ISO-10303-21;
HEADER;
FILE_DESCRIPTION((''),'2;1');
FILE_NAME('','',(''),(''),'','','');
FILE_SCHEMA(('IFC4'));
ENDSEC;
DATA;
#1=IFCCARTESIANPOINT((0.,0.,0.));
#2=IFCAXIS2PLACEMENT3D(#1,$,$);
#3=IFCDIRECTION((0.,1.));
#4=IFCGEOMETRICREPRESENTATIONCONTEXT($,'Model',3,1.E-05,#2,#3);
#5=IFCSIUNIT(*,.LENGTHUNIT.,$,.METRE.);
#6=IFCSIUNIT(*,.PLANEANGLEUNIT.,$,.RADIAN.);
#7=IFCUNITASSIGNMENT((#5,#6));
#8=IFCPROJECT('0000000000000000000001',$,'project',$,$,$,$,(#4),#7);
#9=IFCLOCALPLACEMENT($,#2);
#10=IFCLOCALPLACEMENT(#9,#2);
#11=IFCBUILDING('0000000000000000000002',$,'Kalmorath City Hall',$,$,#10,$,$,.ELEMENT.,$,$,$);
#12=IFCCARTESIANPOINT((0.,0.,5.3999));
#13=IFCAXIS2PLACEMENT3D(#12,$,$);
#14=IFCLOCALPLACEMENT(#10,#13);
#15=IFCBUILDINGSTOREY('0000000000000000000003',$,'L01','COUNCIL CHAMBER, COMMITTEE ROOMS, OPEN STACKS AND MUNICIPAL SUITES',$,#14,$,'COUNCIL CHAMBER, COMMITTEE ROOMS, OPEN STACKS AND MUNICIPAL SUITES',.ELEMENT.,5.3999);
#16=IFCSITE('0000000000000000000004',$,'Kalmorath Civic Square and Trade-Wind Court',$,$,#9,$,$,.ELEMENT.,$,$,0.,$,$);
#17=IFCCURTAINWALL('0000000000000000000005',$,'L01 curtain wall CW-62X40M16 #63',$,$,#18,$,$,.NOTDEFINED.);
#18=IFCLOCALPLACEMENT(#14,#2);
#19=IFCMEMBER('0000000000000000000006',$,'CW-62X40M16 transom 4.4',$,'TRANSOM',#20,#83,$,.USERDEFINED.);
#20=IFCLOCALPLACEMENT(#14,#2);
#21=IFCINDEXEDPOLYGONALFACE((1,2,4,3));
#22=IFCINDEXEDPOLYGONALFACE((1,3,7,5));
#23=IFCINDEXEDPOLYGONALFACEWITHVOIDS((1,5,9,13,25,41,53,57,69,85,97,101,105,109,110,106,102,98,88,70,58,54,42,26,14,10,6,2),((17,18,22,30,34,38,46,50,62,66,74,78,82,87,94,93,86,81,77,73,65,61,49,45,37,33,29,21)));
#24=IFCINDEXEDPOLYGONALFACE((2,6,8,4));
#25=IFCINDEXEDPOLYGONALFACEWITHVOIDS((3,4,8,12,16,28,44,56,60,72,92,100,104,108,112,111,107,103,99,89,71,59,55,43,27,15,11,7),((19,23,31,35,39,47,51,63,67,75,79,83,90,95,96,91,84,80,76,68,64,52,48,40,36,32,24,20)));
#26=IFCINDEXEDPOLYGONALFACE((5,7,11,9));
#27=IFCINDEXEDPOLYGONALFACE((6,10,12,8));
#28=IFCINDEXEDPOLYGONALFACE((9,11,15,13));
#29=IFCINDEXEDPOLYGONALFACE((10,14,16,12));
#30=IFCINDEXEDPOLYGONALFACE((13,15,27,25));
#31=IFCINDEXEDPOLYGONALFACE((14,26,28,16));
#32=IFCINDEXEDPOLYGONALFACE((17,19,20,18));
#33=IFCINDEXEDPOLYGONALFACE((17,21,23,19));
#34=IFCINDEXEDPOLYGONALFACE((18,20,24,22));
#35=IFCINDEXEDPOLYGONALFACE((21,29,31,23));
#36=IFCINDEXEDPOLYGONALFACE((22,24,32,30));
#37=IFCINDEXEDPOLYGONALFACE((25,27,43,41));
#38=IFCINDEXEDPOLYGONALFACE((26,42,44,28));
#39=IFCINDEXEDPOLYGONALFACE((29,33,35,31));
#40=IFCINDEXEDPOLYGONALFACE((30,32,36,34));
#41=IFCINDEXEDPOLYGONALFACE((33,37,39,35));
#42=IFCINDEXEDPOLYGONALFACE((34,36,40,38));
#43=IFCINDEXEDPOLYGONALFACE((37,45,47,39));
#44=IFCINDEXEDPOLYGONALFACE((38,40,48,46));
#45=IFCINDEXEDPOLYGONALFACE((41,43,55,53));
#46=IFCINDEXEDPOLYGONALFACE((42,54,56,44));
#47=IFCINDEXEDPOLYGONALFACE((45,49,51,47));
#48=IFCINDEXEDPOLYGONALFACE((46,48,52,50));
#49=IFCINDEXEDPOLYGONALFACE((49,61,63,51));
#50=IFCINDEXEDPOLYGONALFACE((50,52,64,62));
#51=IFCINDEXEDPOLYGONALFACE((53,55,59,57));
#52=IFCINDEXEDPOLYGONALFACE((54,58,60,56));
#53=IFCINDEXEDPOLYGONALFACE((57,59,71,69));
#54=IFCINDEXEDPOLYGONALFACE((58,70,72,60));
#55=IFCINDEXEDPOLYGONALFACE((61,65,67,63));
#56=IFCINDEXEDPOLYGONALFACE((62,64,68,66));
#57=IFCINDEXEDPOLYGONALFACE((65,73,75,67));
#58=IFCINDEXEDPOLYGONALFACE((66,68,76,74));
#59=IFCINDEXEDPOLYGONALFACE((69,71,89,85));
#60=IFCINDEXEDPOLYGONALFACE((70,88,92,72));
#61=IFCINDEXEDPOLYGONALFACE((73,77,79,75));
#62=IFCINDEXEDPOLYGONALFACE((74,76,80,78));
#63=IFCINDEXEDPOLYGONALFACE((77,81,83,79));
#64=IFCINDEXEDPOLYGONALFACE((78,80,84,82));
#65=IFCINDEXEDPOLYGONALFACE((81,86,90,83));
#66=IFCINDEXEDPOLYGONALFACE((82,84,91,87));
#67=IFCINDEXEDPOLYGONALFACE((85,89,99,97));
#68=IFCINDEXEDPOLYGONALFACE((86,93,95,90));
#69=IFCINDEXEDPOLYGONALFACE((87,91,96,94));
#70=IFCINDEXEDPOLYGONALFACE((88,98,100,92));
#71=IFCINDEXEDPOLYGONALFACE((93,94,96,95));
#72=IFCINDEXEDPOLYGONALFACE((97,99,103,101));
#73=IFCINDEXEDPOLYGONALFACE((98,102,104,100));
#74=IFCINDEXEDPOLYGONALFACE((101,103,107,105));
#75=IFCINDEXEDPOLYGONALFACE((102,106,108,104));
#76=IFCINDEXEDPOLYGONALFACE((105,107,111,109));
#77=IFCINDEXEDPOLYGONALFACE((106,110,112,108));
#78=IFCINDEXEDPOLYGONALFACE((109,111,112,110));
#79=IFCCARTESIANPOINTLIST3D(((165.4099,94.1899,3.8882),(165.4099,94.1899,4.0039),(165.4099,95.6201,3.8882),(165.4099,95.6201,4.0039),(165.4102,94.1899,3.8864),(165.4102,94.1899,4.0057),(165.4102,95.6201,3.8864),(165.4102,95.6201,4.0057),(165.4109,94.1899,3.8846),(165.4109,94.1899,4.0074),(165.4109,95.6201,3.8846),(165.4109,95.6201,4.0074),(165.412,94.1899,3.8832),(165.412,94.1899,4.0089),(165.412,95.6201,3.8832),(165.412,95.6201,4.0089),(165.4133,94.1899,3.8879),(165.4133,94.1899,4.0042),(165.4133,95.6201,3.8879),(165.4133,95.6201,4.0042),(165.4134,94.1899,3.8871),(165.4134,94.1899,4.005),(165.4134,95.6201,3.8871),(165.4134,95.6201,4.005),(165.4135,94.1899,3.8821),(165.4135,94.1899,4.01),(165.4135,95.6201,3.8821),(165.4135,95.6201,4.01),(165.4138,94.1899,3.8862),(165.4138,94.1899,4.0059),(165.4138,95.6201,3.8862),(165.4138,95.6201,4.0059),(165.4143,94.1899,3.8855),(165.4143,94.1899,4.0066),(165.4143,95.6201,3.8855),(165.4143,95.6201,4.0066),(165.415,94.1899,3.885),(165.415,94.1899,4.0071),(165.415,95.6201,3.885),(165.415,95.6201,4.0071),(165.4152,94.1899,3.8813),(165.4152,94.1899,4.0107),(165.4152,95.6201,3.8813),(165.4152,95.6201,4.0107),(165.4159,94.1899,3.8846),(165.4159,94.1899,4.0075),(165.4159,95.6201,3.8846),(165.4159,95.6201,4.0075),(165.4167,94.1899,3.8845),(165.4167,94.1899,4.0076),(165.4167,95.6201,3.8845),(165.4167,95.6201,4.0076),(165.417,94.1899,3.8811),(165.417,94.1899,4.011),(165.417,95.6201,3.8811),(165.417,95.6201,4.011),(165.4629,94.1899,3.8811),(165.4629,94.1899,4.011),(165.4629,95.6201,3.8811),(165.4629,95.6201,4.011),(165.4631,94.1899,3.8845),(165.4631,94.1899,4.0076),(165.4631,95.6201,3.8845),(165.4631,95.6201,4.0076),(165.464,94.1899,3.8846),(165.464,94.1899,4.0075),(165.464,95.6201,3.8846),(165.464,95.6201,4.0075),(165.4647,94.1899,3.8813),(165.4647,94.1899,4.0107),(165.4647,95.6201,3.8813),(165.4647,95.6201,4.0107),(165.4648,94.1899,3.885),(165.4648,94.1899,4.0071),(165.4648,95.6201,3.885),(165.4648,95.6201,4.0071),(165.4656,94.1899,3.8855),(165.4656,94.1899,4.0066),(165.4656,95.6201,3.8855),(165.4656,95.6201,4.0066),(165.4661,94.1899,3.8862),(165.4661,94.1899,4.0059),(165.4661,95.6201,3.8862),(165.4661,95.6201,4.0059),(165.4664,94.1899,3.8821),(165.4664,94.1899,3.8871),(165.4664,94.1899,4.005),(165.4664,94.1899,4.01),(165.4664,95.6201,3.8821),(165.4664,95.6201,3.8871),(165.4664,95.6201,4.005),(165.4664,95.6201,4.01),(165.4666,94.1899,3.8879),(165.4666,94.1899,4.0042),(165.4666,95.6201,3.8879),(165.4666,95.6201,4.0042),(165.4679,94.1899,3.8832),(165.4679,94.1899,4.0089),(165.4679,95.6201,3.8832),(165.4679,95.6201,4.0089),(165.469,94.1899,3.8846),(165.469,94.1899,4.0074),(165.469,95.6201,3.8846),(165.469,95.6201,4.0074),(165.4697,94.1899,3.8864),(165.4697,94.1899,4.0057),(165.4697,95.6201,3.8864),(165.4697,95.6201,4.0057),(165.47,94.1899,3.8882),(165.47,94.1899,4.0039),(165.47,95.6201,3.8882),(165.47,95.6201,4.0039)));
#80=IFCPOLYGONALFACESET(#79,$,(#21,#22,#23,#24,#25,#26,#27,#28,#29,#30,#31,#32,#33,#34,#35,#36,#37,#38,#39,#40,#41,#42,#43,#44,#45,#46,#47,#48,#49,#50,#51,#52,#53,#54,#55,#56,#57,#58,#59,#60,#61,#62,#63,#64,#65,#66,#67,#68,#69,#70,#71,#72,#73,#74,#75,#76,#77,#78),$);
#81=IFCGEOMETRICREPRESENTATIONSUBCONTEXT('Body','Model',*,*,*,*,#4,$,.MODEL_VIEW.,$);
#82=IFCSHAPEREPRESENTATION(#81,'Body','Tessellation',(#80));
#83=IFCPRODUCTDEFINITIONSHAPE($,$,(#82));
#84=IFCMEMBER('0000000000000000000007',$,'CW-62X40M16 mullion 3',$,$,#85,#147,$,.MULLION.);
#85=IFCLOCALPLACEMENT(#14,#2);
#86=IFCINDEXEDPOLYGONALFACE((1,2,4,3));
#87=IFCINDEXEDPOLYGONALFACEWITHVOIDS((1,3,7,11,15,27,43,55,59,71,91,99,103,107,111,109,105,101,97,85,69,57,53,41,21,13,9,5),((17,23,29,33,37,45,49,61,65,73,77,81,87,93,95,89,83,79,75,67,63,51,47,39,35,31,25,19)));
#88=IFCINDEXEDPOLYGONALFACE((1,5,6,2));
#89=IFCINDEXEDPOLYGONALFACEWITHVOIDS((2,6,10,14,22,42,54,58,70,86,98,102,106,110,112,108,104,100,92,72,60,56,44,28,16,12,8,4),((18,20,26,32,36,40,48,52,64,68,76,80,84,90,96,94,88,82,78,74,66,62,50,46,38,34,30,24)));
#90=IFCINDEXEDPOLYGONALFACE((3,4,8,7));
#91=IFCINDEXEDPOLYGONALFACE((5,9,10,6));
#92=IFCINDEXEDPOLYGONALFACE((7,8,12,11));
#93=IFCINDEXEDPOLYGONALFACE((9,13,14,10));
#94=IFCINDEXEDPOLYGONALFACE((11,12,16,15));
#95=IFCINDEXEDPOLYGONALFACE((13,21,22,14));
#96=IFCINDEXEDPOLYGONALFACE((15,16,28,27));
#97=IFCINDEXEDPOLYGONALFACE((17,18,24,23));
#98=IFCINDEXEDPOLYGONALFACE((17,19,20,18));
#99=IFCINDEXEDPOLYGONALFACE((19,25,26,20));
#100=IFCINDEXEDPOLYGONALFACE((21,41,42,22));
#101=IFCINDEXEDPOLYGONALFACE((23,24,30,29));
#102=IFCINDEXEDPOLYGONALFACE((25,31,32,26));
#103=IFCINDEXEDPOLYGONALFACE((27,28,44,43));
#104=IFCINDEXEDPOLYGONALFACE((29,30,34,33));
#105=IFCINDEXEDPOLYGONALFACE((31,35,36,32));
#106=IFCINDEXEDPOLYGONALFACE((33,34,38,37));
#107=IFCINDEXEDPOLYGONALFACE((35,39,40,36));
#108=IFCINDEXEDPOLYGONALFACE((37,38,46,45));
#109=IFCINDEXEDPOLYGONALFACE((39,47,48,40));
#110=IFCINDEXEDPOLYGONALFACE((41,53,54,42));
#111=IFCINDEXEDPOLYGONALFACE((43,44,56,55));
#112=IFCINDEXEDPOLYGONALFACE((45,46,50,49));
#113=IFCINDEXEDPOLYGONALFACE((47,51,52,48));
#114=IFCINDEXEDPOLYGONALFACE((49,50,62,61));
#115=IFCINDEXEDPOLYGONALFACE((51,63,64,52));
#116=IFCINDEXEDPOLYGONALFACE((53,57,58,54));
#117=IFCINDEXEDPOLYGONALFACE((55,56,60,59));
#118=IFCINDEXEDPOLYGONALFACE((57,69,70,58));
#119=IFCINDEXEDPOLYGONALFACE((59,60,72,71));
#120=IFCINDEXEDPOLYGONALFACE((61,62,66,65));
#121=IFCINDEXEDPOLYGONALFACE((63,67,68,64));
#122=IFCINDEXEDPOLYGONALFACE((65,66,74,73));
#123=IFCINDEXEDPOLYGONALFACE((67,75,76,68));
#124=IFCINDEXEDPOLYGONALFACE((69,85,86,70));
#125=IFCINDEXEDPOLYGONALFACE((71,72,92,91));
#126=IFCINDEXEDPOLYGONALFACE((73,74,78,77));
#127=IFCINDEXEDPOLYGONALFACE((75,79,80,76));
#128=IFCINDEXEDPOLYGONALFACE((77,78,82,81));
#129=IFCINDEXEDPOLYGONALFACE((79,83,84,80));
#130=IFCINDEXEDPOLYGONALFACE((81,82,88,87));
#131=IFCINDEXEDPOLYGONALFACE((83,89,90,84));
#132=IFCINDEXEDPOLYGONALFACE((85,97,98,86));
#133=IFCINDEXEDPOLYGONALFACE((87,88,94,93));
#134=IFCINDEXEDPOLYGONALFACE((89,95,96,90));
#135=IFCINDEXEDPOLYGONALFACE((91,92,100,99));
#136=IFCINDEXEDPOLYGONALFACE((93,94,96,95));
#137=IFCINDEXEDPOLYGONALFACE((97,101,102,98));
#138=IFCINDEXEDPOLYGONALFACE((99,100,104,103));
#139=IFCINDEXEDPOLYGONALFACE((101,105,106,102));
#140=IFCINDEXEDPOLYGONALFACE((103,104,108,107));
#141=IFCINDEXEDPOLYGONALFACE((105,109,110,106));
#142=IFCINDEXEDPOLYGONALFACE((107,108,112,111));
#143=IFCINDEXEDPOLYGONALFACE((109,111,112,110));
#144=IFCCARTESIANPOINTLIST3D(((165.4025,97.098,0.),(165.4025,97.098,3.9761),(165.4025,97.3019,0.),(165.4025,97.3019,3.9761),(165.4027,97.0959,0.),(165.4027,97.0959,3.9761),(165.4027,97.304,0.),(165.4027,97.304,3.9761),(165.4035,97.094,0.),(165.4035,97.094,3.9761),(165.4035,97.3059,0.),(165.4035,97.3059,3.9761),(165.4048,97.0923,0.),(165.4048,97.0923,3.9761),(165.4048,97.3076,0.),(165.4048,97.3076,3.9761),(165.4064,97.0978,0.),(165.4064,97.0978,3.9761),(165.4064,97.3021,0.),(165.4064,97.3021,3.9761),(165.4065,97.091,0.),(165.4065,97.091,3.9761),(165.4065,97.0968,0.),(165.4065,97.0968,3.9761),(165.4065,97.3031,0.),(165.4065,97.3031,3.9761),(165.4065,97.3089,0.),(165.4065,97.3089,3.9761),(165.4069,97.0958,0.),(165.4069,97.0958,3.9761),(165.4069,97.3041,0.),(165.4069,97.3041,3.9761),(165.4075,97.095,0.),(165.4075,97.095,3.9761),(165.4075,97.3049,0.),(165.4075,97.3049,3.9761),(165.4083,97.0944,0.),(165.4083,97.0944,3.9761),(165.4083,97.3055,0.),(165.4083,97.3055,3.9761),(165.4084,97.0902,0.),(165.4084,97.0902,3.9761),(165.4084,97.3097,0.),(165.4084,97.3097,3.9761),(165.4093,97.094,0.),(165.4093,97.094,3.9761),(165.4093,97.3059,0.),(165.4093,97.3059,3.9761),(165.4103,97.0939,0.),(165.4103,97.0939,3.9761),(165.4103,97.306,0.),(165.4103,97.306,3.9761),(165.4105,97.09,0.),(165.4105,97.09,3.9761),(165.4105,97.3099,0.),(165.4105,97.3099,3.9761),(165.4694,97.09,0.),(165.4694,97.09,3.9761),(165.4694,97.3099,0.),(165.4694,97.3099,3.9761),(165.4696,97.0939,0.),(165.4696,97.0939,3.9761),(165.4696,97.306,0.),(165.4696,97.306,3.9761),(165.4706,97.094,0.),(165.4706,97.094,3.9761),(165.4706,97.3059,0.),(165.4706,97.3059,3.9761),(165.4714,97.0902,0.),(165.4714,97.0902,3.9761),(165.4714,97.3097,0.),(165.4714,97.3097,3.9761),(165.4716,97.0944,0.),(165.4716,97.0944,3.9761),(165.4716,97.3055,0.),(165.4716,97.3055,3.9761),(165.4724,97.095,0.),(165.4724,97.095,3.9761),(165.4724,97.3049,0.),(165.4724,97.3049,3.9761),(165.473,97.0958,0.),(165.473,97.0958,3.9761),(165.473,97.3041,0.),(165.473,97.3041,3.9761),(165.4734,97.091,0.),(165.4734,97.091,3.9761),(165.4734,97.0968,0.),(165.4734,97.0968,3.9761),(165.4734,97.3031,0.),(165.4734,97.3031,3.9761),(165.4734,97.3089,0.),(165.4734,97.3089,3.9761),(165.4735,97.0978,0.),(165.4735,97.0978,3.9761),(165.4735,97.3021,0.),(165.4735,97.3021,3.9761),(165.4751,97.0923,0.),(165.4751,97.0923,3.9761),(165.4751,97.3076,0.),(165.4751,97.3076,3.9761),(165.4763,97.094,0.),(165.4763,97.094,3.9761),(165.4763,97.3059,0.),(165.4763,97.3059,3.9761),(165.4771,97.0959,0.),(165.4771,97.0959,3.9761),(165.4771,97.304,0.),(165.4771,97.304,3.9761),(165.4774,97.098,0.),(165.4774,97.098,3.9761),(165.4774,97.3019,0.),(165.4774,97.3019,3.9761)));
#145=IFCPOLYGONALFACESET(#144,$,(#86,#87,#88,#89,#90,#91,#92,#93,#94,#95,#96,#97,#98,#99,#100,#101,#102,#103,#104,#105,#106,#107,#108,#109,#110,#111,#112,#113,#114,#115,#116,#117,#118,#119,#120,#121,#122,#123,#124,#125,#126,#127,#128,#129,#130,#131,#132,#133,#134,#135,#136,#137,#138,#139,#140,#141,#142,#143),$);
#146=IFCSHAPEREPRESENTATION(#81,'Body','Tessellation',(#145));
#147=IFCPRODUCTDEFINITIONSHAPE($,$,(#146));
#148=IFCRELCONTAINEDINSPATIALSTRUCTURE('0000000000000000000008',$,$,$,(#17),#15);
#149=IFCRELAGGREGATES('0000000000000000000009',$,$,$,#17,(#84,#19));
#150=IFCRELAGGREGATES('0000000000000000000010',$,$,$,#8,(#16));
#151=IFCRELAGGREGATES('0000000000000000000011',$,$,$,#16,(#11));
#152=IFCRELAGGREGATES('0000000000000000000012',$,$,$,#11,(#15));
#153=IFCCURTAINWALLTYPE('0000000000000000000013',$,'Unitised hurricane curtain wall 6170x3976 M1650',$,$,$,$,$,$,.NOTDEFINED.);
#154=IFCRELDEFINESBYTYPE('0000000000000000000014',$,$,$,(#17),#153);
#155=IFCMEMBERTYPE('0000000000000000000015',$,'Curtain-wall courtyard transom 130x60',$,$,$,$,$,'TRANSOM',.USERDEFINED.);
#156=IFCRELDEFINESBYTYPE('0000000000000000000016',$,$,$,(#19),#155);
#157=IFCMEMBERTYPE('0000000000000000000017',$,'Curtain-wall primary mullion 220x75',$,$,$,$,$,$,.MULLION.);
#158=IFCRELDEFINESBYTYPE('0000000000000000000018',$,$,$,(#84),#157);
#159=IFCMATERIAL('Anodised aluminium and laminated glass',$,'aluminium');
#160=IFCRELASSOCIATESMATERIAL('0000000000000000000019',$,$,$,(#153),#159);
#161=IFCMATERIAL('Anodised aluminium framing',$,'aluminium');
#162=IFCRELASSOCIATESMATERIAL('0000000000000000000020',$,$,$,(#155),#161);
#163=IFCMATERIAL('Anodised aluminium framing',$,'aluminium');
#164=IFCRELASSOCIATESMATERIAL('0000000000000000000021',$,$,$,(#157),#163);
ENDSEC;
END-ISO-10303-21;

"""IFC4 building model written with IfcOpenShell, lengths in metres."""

from ifc_helpers import new_model, si_unit, direction, frame, origin, origin_2d, place, context, subcontext, project, spatial, hollow_rectangle, extrude, material, material_profile, profile_set, type_object, element, aggregate, save


model = new_model("IFC4")

# Units and contexts
model_context = context("Model", 3, precision=1e-05, world=origin(), true_north=direction((0.0, 1.0)))
body_context = subcontext(model_context, "Body", "Model", "MODEL_VIEW")
ifc_project = project(units=[si_unit("LENGTHUNIT", "METRE"), si_unit("PLANEANGLEUNIT", "RADIAN")], contexts=[model_context])

# Site, building, storey
site_placement = place(None, origin())
site = spatial("IfcSite", under=ifc_project, at=site_placement, Name="Kalmorath Civic Square and Trade-Wind Court", CompositionType="ELEMENT", RefElevation=0.0)
building_placement = place(site_placement, origin())
building = spatial("IfcBuilding", under=site, at=building_placement, Name="Kalmorath City Hall", CompositionType="ELEMENT")
storey_placement = place(building_placement, frame((0.0, 0.0, 5.3999)))
storey = spatial("IfcBuildingStorey", under=building, at=storey_placement, Name="L01", Description="COUNCIL CHAMBER, COMMITTEE ROOMS, OPEN STACKS AND MUNICIPAL SUITES", LongName="COUNCIL CHAMBER, COMMITTEE ROOMS, OPEN STACKS AND MUNICIPAL SUITES", CompositionType="ELEMENT", Elevation=5.3999)

# Curtain wall, members
ifc_material_1 = material(Name="Anodised aluminium and laminated glass", Category="aluminium")
curtain_wall_type = type_object("IfcCurtainWallType", Name="Unitised hurricane curtain wall 6170x3976 M1650", PredefinedType="NOTDEFINED", material=ifc_material_1)
curtain_wall_placement = place(storey_placement, origin())
curtain_wall = element("IfcCurtainWall", 1, at=curtain_wall_placement, inside=storey, type_object=curtain_wall_type, Name="L01 curtain wall CW-62X40M16 #63", PredefinedType="NOTDEFINED")
ifc_material_2 = material(Name="Anodised aluminium framing", Category="aluminium")
ifc_material_profile_1 = material_profile(ifc_material_2, hollow_rectangle(XDim=0.0601, YDim=0.1299, WallThickness=0.0034, InnerFilletRadius=0.0034, OuterFilletRadius=0.0071, at=origin_2d()), Name="ALU-TRN-130X60X3.5")
ifc_profile_set_1 = profile_set([ifc_material_profile_1], Name="Anodised aluminium framing")
member_type_1 = type_object("IfcMemberType", Name="Curtain-wall courtyard transom 130x60", ElementType="TRANSOM", PredefinedType="USERDEFINED", material=ifc_profile_set_1)
member_1_placement = place(storey_placement, frame((165.4399, 95.6201, 3.946), z_axis=(0.0, -1.0, 0.0), x_axis=(1.0, 0.0, 0.0)))
member_1 = element("IfcMember", 2, at=member_1_placement, type_object=member_type_1, Name="CW-62X40M16 transom 4.4", ObjectType="TRANSOM", PredefinedType="USERDEFINED", context=body_context, shape_type="SweptSolid", body=[
    extrude(hollow_rectangle(XDim=0.0601, YDim=0.1299, WallThickness=0.0034, InnerFilletRadius=0.0034, OuterFilletRadius=0.0071, at=origin_2d()), origin(), (0.0, 0.0, 1.0), 1.4302),
])
ifc_material_3 = material(Name="Anodised aluminium framing", Category="aluminium")
ifc_material_profile_2 = material_profile(ifc_material_3, hollow_rectangle(XDim=0.075, YDim=0.22, WallThickness=0.0039, InnerFilletRadius=0.0039, OuterFilletRadius=0.0081, at=origin_2d()), Name="ALU-MUL-220X75X4")
ifc_profile_set_2 = profile_set([ifc_material_profile_2], Name="Anodised aluminium framing")
member_type_2 = type_object("IfcMemberType", Name="Curtain-wall primary mullion 220x75", PredefinedType="MULLION", material=ifc_profile_set_2)
member_2_placement = place(storey_placement, frame((165.4399, 97.2, 0.0), z_axis=(0.0, 0.0, 1.0), x_axis=(1.0, 0.0, 0.0)))
member_2 = element("IfcMember", 3, at=member_2_placement, type_object=member_type_2, Name="CW-62X40M16 mullion 3", PredefinedType="MULLION", context=body_context, shape_type="SweptSolid", body=[
    extrude(hollow_rectangle(XDim=0.075, YDim=0.22, WallThickness=0.0039, InnerFilletRadius=0.0039, OuterFilletRadius=0.0081, at=origin_2d()), origin(), (0.0, 0.0, 1.0), 3.9761),
])

aggregate(curtain_wall, [member_2, member_1])

save(model, "model.ifc")
